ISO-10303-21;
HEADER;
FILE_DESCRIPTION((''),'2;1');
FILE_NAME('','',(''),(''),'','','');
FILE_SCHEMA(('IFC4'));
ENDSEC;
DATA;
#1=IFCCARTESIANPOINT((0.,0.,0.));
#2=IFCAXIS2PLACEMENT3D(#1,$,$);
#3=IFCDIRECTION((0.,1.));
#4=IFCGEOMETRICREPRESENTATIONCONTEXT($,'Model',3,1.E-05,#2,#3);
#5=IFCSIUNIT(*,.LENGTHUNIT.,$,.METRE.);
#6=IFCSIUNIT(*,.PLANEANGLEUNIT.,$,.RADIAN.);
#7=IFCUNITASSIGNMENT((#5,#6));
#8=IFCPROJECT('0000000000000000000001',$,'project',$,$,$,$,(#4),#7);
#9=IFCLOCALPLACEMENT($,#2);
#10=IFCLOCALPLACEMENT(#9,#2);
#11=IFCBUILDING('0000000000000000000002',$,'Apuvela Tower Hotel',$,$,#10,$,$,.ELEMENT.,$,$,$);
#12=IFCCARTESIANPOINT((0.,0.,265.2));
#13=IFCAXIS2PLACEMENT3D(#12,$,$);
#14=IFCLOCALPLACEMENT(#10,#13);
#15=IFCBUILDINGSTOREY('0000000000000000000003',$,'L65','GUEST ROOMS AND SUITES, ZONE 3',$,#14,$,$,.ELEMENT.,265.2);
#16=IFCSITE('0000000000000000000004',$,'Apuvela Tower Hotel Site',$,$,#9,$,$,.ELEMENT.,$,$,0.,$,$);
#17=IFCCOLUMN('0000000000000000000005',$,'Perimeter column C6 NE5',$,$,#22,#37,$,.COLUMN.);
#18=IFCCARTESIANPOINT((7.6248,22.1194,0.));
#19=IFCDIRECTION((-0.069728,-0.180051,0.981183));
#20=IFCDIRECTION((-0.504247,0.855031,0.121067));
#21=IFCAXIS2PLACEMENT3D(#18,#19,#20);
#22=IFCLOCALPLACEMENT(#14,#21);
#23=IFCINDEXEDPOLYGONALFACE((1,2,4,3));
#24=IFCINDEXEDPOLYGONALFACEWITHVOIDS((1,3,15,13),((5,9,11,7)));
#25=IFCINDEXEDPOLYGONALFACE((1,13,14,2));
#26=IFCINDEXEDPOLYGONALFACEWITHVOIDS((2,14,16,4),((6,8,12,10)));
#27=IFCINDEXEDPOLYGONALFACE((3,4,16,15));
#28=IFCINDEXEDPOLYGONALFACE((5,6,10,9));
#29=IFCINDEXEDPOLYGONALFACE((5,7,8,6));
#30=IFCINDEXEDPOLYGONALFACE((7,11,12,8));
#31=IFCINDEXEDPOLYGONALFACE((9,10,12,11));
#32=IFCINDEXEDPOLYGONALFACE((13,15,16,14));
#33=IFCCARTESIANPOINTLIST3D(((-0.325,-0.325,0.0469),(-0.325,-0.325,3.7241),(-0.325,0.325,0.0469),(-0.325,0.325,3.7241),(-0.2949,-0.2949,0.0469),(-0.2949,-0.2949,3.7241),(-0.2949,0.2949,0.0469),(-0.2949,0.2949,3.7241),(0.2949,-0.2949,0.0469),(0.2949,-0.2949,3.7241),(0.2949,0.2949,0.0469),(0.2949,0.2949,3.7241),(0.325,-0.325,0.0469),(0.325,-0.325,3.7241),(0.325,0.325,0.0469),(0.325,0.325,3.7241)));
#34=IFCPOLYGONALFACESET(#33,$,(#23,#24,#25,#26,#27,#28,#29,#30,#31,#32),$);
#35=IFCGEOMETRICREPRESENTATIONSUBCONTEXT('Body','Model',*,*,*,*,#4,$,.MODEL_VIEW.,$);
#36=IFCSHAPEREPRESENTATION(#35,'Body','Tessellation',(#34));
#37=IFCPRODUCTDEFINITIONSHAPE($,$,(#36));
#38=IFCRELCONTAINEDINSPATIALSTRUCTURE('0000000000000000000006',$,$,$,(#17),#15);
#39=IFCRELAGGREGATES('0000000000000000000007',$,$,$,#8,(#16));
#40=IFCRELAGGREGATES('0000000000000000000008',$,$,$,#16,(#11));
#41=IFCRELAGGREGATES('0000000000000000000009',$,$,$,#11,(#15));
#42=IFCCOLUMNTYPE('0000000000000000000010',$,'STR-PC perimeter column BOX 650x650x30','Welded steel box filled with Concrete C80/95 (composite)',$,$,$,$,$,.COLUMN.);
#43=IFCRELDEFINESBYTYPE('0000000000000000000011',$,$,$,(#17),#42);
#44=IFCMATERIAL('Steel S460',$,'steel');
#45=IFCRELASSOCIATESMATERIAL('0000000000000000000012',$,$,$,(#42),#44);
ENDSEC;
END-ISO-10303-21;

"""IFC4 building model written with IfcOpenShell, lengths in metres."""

from ifc_helpers import new_model, si_unit, direction, frame, origin, origin_2d, place, context, subcontext, project, spatial, rectangle, hollow_rectangle, extrude, boolean, halfspace, material, material_profile, profile_set, type_object, element, save


model = new_model("IFC4")

# Units and contexts
model_context = context("Model", 3, precision=1e-05, world=origin(), true_north=direction((0.0, 1.0)))
body_context = subcontext(model_context, "Body", "Model", "MODEL_VIEW")
ifc_project = project(units=[si_unit("LENGTHUNIT", "METRE"), si_unit("PLANEANGLEUNIT", "RADIAN")], contexts=[model_context])

# Site, building, storey
site_placement = place(None, origin())
site = spatial("IfcSite", under=ifc_project, at=site_placement, Name="Apuvela Tower Hotel Site", CompositionType="ELEMENT", RefElevation=0.0)
building_placement = place(site_placement, origin())
building = spatial("IfcBuilding", under=site, at=building_placement, Name="Apuvela Tower Hotel", CompositionType="ELEMENT")
storey_placement = place(building_placement, frame((0.0, 0.0, 265.2)))
storey = spatial("IfcBuildingStorey", under=building, at=storey_placement, Name="L65", Description="GUEST ROOMS AND SUITES, ZONE 3", CompositionType="ELEMENT", Elevation=265.2)

# Column
ifc_material_1 = material(Name="Steel S460", Category="steel")
ifc_material_profile_1 = material_profile(ifc_material_1, hollow_rectangle(XDim=0.6499, YDim=0.6499, WallThickness=0.03, at=origin_2d()), Name="BOX 650x650x30")
ifc_material_2 = material(Name="Concrete C80/95", Category="concrete")
ifc_material_profile_2 = material_profile(ifc_material_2, rectangle(XDim=0.5901, YDim=0.5901, at=origin_2d()), Name="Concrete C80/95 infill")
ifc_profile_set_1 = profile_set([ifc_material_profile_1, ifc_material_profile_2], Name="Steel S460")
column_type = type_object("IfcColumnType", Name="STR-PC perimeter column BOX 650x650x30", Description="Welded steel box filled with Concrete C80/95 (composite)", PredefinedType="COLUMN", material=ifc_profile_set_1)
column_placement = place(storey_placement, frame((7.6248, 22.1194, 0.0), z_axis=(-0.069728, -0.180051, 0.981183), x_axis=(-0.504247, 0.855031, 0.121067)))
element("IfcColumn", 1, at=column_placement, inside=storey, type_object=column_type, Name="Perimeter column C6 NE5", PredefinedType="COLUMN", context=body_context, shape_type="SweptSolid", body=[
    boolean("DIFFERENCE", boolean("DIFFERENCE", extrude(hollow_rectangle(XDim=0.6499, YDim=0.6499, WallThickness=0.03, at=origin_2d()), origin(), (0.0, 0.0, 1.0), 3.771), halfspace(frame((0.0, 0.0, 0.0469), z_axis=(0.0, 0.0, 1.0), x_axis=(1.0, 0.0, 0.0)), True)), halfspace(frame((0.0, 0.0, 3.7241), z_axis=(0.0, 0.0, 1.0), x_axis=(1.0, 0.0, 0.0)), False)),
])

save(model, "model.ifc")
